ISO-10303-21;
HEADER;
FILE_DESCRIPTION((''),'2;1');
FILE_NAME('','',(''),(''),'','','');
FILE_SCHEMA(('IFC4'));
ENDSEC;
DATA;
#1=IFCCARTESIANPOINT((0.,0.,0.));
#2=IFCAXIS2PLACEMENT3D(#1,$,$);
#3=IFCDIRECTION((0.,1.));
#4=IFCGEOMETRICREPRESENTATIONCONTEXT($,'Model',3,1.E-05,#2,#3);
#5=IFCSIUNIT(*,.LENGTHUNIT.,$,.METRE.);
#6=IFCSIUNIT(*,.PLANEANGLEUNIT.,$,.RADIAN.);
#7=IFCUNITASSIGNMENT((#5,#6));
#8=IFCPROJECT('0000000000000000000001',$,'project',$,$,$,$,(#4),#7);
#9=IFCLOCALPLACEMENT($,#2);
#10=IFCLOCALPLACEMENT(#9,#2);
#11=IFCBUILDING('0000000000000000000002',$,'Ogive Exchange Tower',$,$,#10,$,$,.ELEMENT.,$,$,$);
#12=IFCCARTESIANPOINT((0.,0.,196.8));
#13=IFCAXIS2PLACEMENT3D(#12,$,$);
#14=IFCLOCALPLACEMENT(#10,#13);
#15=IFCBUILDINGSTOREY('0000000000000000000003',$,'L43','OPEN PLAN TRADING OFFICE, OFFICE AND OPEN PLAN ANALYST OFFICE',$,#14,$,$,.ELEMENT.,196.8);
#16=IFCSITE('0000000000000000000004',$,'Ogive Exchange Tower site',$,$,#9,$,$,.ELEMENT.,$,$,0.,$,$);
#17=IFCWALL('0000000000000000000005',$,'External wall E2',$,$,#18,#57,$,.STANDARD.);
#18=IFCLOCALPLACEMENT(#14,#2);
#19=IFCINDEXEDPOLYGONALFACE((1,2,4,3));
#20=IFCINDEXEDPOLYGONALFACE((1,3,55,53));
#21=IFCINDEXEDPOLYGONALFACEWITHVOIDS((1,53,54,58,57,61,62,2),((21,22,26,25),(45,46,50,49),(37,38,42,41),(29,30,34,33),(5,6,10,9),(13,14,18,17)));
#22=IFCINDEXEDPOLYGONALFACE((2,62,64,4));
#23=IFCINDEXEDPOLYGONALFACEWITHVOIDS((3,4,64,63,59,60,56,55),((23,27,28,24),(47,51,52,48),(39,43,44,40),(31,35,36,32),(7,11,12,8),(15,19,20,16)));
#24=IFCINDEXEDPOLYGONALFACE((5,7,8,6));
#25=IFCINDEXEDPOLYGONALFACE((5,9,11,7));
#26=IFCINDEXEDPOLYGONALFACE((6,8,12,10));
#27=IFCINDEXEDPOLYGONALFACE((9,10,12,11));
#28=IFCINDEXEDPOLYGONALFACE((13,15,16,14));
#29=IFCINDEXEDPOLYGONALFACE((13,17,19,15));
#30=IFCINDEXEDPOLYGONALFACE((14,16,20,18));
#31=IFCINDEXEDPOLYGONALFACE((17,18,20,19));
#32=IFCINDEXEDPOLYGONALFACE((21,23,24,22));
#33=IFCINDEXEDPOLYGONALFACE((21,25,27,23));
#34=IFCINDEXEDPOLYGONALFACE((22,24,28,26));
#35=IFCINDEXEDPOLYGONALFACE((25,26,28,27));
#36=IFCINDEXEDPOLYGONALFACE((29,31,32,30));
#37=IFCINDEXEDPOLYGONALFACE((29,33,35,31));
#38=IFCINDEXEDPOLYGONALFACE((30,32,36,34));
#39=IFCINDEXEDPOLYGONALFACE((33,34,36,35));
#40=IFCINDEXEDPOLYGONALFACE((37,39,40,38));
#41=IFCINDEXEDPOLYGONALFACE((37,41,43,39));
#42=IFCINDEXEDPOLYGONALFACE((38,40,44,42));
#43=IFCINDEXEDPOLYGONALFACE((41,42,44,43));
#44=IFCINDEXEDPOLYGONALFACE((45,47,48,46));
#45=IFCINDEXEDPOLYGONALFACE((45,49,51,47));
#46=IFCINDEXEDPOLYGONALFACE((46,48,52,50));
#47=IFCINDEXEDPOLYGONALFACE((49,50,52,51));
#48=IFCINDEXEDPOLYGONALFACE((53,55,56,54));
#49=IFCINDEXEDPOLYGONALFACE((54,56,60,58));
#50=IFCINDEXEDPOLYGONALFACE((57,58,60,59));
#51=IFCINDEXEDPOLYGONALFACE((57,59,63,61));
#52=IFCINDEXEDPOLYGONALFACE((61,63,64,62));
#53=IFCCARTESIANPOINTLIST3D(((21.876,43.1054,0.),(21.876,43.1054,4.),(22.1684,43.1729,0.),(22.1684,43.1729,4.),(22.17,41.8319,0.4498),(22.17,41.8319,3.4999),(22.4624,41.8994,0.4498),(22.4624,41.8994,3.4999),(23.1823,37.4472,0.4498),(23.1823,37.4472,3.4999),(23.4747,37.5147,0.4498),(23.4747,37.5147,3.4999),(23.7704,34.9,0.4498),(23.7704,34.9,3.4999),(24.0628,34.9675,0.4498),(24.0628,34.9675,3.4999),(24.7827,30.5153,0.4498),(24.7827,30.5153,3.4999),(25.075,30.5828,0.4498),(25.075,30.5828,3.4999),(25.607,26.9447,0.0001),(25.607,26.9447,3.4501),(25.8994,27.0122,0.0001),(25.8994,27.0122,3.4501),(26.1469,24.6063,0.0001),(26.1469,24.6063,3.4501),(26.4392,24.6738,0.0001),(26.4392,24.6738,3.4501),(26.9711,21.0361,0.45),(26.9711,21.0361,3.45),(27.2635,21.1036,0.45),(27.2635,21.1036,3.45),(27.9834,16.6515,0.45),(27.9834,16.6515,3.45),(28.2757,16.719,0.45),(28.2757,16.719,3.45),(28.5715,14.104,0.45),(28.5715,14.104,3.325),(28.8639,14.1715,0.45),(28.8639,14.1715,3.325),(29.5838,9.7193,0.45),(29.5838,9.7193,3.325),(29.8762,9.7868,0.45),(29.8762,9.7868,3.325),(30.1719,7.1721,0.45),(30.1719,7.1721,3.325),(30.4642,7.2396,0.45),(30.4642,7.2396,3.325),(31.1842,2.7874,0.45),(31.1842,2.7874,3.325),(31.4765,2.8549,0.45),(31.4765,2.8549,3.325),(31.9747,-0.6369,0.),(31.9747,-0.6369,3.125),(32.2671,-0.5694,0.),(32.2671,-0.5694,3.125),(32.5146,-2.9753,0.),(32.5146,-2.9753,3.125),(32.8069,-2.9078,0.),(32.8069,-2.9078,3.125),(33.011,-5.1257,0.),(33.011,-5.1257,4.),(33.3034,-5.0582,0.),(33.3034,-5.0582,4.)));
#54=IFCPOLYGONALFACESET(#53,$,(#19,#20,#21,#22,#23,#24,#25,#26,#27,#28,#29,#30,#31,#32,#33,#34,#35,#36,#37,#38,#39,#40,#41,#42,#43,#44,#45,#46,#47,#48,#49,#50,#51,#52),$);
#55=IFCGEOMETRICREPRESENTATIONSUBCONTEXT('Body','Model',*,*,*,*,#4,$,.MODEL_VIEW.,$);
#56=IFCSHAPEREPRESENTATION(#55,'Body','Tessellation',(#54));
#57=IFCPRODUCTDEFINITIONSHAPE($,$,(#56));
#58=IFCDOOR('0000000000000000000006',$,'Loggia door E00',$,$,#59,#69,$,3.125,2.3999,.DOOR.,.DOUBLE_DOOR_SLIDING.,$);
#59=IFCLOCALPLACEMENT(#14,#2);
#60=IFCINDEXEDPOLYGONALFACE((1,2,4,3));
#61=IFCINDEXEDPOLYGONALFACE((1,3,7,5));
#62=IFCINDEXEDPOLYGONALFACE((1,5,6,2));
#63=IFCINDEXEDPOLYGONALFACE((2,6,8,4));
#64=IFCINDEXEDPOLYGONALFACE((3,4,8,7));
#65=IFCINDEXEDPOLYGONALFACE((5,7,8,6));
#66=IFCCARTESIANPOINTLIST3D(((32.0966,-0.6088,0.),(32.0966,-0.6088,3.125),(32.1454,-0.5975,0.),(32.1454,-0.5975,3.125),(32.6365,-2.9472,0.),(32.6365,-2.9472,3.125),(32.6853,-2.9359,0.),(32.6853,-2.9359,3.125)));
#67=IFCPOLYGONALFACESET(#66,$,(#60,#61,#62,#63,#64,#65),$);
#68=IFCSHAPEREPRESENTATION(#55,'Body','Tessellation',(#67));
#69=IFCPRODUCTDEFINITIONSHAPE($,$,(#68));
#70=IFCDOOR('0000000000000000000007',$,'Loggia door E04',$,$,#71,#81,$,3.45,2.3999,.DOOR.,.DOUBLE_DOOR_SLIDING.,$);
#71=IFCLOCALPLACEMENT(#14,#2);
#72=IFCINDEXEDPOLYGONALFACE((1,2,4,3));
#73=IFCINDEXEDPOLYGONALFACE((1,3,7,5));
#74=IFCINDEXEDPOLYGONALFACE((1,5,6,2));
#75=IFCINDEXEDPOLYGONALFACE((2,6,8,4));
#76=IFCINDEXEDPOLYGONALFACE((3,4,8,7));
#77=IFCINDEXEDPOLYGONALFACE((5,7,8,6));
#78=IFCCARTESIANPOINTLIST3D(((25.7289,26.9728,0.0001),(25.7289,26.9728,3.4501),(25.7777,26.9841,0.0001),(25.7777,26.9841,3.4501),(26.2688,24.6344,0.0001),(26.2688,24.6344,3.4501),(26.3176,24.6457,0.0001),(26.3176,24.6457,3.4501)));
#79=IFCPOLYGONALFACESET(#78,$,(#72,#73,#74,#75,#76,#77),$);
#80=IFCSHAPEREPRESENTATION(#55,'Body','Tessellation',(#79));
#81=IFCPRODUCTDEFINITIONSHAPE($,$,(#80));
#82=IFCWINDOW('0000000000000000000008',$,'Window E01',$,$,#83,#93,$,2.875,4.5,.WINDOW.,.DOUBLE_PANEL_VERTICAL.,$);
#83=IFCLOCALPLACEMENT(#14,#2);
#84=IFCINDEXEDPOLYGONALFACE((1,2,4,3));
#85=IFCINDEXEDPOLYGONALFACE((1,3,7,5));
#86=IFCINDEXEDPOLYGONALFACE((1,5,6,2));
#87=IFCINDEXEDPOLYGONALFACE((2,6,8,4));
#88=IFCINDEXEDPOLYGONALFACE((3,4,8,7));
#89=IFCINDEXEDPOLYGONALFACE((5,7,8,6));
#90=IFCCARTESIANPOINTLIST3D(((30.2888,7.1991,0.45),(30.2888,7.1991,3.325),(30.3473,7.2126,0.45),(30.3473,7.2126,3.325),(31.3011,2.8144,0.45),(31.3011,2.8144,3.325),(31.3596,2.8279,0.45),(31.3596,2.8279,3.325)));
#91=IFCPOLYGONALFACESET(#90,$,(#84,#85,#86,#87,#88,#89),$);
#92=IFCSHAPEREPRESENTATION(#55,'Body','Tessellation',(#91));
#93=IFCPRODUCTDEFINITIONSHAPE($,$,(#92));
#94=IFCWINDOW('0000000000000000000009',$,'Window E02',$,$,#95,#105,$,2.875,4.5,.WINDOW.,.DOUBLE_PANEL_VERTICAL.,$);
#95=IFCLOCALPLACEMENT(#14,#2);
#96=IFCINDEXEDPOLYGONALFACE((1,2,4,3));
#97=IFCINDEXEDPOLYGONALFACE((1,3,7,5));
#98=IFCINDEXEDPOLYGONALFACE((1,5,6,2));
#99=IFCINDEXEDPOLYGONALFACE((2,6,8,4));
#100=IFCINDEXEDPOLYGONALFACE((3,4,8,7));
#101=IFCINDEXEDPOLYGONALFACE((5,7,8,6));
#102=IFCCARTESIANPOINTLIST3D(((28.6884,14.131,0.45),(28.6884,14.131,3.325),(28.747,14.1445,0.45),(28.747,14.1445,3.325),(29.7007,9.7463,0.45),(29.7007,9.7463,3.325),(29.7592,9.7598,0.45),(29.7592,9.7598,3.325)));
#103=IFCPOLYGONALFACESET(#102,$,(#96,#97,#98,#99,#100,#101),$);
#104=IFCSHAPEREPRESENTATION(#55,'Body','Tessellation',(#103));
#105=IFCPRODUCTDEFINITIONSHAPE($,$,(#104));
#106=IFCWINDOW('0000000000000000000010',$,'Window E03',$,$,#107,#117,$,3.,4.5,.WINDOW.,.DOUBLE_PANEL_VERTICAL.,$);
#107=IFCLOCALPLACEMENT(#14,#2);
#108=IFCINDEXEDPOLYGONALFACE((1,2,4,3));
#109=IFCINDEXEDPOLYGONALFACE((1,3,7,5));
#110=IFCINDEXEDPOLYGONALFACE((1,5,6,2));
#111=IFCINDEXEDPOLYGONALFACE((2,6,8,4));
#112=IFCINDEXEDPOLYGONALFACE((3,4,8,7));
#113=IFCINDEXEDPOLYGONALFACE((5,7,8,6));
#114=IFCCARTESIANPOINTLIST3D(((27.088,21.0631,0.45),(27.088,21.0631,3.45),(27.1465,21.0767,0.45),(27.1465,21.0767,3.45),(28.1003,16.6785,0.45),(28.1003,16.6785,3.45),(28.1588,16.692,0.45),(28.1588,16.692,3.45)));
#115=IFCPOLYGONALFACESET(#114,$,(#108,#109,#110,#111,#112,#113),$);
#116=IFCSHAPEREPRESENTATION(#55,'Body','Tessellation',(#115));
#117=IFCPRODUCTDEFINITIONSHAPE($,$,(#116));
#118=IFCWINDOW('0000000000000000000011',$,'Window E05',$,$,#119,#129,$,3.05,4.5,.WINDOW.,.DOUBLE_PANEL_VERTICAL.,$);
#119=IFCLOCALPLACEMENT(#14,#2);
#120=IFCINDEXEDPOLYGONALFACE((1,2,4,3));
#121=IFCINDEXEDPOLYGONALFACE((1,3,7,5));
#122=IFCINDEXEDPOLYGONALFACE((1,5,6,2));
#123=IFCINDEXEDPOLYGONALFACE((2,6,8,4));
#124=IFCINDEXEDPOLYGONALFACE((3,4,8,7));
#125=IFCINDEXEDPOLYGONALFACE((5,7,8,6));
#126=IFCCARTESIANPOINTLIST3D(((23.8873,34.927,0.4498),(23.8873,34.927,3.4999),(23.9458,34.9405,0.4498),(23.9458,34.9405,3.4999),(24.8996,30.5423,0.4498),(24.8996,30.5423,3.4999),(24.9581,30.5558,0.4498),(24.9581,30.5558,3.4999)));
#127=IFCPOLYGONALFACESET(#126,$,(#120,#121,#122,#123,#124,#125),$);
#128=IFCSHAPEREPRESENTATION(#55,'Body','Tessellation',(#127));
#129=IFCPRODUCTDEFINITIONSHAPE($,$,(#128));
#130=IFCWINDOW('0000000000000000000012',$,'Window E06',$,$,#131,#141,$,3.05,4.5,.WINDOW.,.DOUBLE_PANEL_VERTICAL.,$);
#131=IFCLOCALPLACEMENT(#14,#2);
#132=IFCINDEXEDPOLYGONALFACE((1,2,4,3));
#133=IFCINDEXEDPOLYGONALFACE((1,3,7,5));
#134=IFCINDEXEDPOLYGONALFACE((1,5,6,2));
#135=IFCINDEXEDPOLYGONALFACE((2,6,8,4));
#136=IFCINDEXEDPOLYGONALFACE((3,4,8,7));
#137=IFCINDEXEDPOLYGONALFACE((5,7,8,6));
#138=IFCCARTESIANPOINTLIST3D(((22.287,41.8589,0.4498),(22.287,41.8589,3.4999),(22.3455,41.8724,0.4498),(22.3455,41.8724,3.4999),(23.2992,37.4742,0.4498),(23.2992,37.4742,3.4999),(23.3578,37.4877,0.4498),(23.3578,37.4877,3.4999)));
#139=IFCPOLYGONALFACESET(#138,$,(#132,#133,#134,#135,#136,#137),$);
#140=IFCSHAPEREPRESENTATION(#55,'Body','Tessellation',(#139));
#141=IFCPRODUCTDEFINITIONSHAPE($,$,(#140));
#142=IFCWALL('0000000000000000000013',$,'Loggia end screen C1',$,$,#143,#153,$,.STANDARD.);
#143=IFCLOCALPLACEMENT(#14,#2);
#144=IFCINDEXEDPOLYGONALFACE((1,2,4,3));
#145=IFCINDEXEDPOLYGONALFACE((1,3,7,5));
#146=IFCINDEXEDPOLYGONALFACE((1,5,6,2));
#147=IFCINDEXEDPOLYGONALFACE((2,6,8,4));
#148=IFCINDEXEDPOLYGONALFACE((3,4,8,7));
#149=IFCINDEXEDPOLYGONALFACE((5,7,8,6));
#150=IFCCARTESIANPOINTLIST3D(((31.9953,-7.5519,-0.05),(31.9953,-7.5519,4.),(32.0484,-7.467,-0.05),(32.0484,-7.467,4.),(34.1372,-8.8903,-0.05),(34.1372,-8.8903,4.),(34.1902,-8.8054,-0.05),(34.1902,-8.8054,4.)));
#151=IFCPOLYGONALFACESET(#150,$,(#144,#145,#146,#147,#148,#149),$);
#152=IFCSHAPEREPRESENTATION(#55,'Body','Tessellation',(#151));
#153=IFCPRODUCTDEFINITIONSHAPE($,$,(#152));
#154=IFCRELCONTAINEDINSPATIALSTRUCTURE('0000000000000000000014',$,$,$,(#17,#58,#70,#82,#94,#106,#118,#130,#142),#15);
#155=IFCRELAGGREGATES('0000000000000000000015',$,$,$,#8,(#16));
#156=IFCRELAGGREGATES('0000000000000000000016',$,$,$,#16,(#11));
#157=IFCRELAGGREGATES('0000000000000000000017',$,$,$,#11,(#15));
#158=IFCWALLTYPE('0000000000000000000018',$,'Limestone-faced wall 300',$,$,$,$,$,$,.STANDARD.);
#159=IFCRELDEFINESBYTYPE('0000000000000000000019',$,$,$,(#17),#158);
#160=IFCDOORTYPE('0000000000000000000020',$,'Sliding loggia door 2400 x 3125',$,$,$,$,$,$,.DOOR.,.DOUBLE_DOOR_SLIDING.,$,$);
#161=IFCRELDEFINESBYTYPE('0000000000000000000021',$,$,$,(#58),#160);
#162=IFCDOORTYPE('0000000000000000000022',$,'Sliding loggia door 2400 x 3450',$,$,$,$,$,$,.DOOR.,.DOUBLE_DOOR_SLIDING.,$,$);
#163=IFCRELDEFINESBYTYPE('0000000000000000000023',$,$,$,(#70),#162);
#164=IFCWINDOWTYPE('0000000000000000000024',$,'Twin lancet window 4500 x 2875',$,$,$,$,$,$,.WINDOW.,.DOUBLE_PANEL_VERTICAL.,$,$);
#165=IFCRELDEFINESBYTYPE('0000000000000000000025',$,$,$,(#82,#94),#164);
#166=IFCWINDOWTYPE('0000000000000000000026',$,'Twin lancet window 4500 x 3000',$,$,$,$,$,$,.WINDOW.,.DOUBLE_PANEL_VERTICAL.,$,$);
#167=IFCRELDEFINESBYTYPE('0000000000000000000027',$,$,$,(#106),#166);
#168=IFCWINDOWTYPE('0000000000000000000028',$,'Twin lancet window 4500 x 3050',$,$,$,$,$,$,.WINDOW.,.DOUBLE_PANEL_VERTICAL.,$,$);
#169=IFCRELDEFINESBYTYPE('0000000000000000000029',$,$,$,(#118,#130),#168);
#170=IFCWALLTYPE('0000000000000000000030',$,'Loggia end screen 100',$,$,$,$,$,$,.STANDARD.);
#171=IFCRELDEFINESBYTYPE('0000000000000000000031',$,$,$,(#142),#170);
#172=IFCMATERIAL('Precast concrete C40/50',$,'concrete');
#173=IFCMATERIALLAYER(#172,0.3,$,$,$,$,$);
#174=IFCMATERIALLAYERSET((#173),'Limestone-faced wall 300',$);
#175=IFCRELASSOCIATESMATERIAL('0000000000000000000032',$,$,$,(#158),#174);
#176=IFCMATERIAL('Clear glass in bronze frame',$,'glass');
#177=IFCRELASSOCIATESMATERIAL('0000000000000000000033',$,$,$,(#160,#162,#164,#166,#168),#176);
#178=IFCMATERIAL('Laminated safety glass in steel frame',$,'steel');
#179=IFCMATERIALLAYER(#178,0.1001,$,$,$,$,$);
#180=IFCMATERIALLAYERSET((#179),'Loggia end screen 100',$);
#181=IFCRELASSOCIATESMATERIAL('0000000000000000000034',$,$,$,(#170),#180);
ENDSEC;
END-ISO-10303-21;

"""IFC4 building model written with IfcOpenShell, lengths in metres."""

from ifc_helpers import new_model, si_unit, direction, frame, frame_2d, origin, place, context, subcontext, project, spatial, rectangle, extrude, material, layer, layer_set, type_object, element, fill, save


model = new_model("IFC4")

# Units and contexts
model_context = context("Model", 3, precision=1e-05, world=origin(), true_north=direction((0.0, 1.0)))
body_context = subcontext(model_context, "Body", "Model", "MODEL_VIEW")
ifc_project = project(units=[si_unit("LENGTHUNIT", "METRE"), si_unit("PLANEANGLEUNIT", "RADIAN")], contexts=[model_context])

# Site, building, storey
site_placement = place(None, origin())
site = spatial("IfcSite", under=ifc_project, at=site_placement, Name="Ogive Exchange Tower site", CompositionType="ELEMENT", RefElevation=0.0)
building_placement = place(site_placement, origin())
building = spatial("IfcBuilding", under=site, at=building_placement, Name="Ogive Exchange Tower", CompositionType="ELEMENT")
storey_placement = place(building_placement, frame((0.0, 0.0, 196.8)))
storey = spatial("IfcBuildingStorey", under=building, at=storey_placement, Name="L43", Description="OPEN PLAN TRADING OFFICE, OFFICE AND OPEN PLAN ANALYST OFFICE", CompositionType="ELEMENT", Elevation=196.8)

# Wall, openings, doors, windows
ifc_material_1 = material(Name="Precast concrete C40/50", Category="concrete")
ifc_layer_1 = layer(ifc_material_1, 0.3)
ifc_layer_set_1 = layer_set([ifc_layer_1], Name="Limestone-faced wall 300")
wall_type_1 = type_object("IfcWallType", Name="Limestone-faced wall 300", PredefinedType="STANDARD", material=ifc_layer_set_1)
wall_1_placement = place(storey_placement, frame((33.1572, -5.092, 0.0), z_axis=(0.0, 0.0, 1.0), x_axis=(-0.22495, 0.97437, 0.0)))
wall_1 = element("IfcWall", 1, at=wall_1_placement, inside=storey, type_object=wall_type_1, Name="External wall E2", PredefinedType="STANDARD", context=body_context, shape_type="SweptSolid", body=[
    extrude(rectangle(XDim=49.4998, YDim=0.3, at=frame_2d((24.75, 0.0))), origin(), (0.0, 0.0, 1.0), 4.0),
])
opening_1_placement = place(wall_1_placement, frame((2.207, 0.0, 0.0)))
opening_1 = element("IfcOpeningElement", 2, at=opening_1_placement, cuts=wall_1, PredefinedType="OPENING", context=body_context, shape_type="SweptSolid", body=[
    extrude(rectangle(XDim=2.3999, YDim=3.125, at=frame_2d((1.2, 1.5625))), frame((0.0, 0.1599, 0.0), z_axis=(0.0, -1.0, 0.0), x_axis=(1.0, 0.0, 0.0)), (0.0, 0.0, 1.0), 0.3201),
])
opening_2_placement = place(wall_1_placement, frame((8.1213, 0.0, 0.45)))
opening_2 = element("IfcOpeningElement", 3, at=opening_2_placement, cuts=wall_1, PredefinedType="OPENING", context=body_context, shape_type="SweptSolid", body=[
    extrude(rectangle(XDim=4.5, YDim=2.875, at=frame_2d((2.25, 1.4375))), frame((0.0, 0.1599, 0.0), z_axis=(0.0, -1.0, 0.0), x_axis=(1.0, 0.0, 0.0)), (0.0, 0.0, 1.0), 0.3201),
])
opening_3_placement = place(wall_1_placement, frame((15.2356, 0.0, 0.45)))
opening_3 = element("IfcOpeningElement", 4, at=opening_3_placement, cuts=wall_1, PredefinedType="OPENING", context=body_context, shape_type="SweptSolid", body=[
    extrude(rectangle(XDim=4.5, YDim=2.875, at=frame_2d((2.25, 1.4375))), frame((0.0, 0.1599, 0.0), z_axis=(0.0, -1.0, 0.0), x_axis=(1.0, 0.0, 0.0)), (0.0, 0.0, 1.0), 0.3201),
])
opening_4_placement = place(wall_1_placement, frame((22.3501, 0.0, 0.45)))
opening_4 = element("IfcOpeningElement", 5, at=opening_4_placement, cuts=wall_1, PredefinedType="OPENING", context=body_context, shape_type="SweptSolid", body=[
    extrude(rectangle(XDim=4.5, YDim=3.0, at=frame_2d((2.25, 1.5))), frame((0.0, 0.1599, 0.0), z_axis=(0.0, -1.0, 0.0), x_axis=(1.0, 0.0, 0.0)), (0.0, 0.0, 1.0), 0.3201),
])
opening_5_placement = place(wall_1_placement, frame((30.5142, 0.0, 0.0)))
opening_5 = element("IfcOpeningElement", 6, at=opening_5_placement, cuts=wall_1, PredefinedType="OPENING", context=body_context, shape_type="SweptSolid", body=[
    extrude(rectangle(XDim=2.3999, YDim=3.45, at=frame_2d((1.2, 1.7251))), frame((0.0, 0.1599, 0.0), z_axis=(0.0, -1.0, 0.0), x_axis=(1.0, 0.0, 0.0)), (0.0, 0.0, 1.0), 0.3201),
])
opening_6_placement = place(wall_1_placement, frame((36.5786, 0.0, 0.45)))
opening_6 = element("IfcOpeningElement", 7, at=opening_6_placement, cuts=wall_1, PredefinedType="OPENING", context=body_context, shape_type="SweptSolid", body=[
    extrude(rectangle(XDim=4.5, YDim=3.05, at=frame_2d((2.25, 1.5249))), frame((0.0, 0.1599, 0.0), z_axis=(0.0, -1.0, 0.0), x_axis=(1.0, 0.0, 0.0)), (0.0, 0.0, 1.0), 0.3201),
])
opening_7_placement = place(wall_1_placement, frame((43.6929, 0.0, 0.45)))
opening_7 = element("IfcOpeningElement", 8, at=opening_7_placement, cuts=wall_1, PredefinedType="OPENING", context=body_context, shape_type="SweptSolid", body=[
    extrude(rectangle(XDim=4.5, YDim=3.05, at=frame_2d((2.25, 1.5249))), frame((0.0, 0.1599, 0.0), z_axis=(0.0, -1.0, 0.0), x_axis=(1.0, 0.0, 0.0)), (0.0, 0.0, 1.0), 0.3201),
])
ifc_material_2 = material(Name="Clear glass in bronze frame", Category="glass")
door_type_1 = type_object("IfcDoorType", Name="Sliding loggia door 2400 x 3125", OperationType="DOUBLE_DOOR_SLIDING", PredefinedType="DOOR", material=ifc_material_2)
door_1_placement = place(opening_1_placement, origin())
door_1 = element("IfcDoor", 9, at=door_1_placement, inside=storey, type_object=door_type_1, Name="Loggia door E00", OperationType="DOUBLE_DOOR_SLIDING", OverallHeight=3.125, OverallWidth=2.3999, PredefinedType="DOOR", context=body_context, shape_type="SweptSolid", body=[
    extrude(rectangle(XDim=2.3999, YDim=3.125, at=frame_2d((1.2, 1.5625))), frame((0.0, 0.0249, 0.0), z_axis=(0.0, -1.0, 0.0), x_axis=(1.0, 0.0, 0.0)), (0.0, 0.0, 1.0), 0.05),
])
fill(opening_1, door_1)
door_type_2 = type_object("IfcDoorType", Name="Sliding loggia door 2400 x 3450", OperationType="DOUBLE_DOOR_SLIDING", PredefinedType="DOOR", material=ifc_material_2)
door_2_placement = place(opening_5_placement, origin())
door_2 = element("IfcDoor", 10, at=door_2_placement, inside=storey, type_object=door_type_2, Name="Loggia door E04", OperationType="DOUBLE_DOOR_SLIDING", OverallHeight=3.45, OverallWidth=2.3999, PredefinedType="DOOR", context=body_context, shape_type="SweptSolid", body=[
    extrude(rectangle(XDim=2.3999, YDim=3.45, at=frame_2d((1.2, 1.7251))), frame((0.0, 0.0249, 0.0), z_axis=(0.0, -1.0, 0.0), x_axis=(1.0, 0.0, 0.0)), (0.0, 0.0, 1.0), 0.05),
])
fill(opening_5, door_2)
window_type_1 = type_object("IfcWindowType", Name="Twin lancet window 4500 x 2875", PartitioningType="DOUBLE_PANEL_VERTICAL", PredefinedType="WINDOW", material=ifc_material_2)
window_1_placement = place(opening_2_placement, origin())
window_1 = element("IfcWindow", 11, at=window_1_placement, inside=storey, type_object=window_type_1, Name="Window E01", OverallHeight=2.875, OverallWidth=4.5, PartitioningType="DOUBLE_PANEL_VERTICAL", PredefinedType="WINDOW", context=body_context, shape_type="SweptSolid", body=[
    extrude(rectangle(XDim=4.5, YDim=2.875, at=frame_2d((2.25, 1.4375))), frame((0.0, 0.03, 0.0), z_axis=(0.0, -1.0, 0.0), x_axis=(1.0, 0.0, 0.0)), (0.0, 0.0, 1.0), 0.0601),
])
fill(opening_2, window_1)
window_2_placement = place(opening_3_placement, origin())
window_2 = element("IfcWindow", 12, at=window_2_placement, inside=storey, type_object=window_type_1, Name="Window E02", OverallHeight=2.875, OverallWidth=4.5, PartitioningType="DOUBLE_PANEL_VERTICAL", PredefinedType="WINDOW", context=body_context, shape_type="SweptSolid", body=[
    extrude(rectangle(XDim=4.5, YDim=2.875, at=frame_2d((2.25, 1.4375))), frame((0.0, 0.03, 0.0), z_axis=(0.0, -1.0, 0.0), x_axis=(1.0, 0.0, 0.0)), (0.0, 0.0, 1.0), 0.0601),
])
fill(opening_3, window_2)
window_type_2 = type_object("IfcWindowType", Name="Twin lancet window 4500 x 3000", PartitioningType="DOUBLE_PANEL_VERTICAL", PredefinedType="WINDOW", material=ifc_material_2)
window_3_placement = place(opening_4_placement, origin())
window_3 = element("IfcWindow", 13, at=window_3_placement, inside=storey, type_object=window_type_2, Name="Window E03", OverallHeight=3.0, OverallWidth=4.5, PartitioningType="DOUBLE_PANEL_VERTICAL", PredefinedType="WINDOW", context=body_context, shape_type="SweptSolid", body=[
    extrude(rectangle(XDim=4.5, YDim=3.0, at=frame_2d((2.25, 1.5))), frame((0.0, 0.03, 0.0), z_axis=(0.0, -1.0, 0.0), x_axis=(1.0, 0.0, 0.0)), (0.0, 0.0, 1.0), 0.0601),
])
fill(opening_4, window_3)
window_type_3 = type_object("IfcWindowType", Name="Twin lancet window 4500 x 3050", PartitioningType="DOUBLE_PANEL_VERTICAL", PredefinedType="WINDOW", material=ifc_material_2)
window_4_placement = place(opening_6_placement, origin())
window_4 = element("IfcWindow", 14, at=window_4_placement, inside=storey, type_object=window_type_3, Name="Window E05", OverallHeight=3.05, OverallWidth=4.5, PartitioningType="DOUBLE_PANEL_VERTICAL", PredefinedType="WINDOW", context=body_context, shape_type="SweptSolid", body=[
    extrude(rectangle(XDim=4.5, YDim=3.05, at=frame_2d((2.25, 1.5249))), frame((0.0, 0.03, 0.0), z_axis=(0.0, -1.0, 0.0), x_axis=(1.0, 0.0, 0.0)), (0.0, 0.0, 1.0), 0.0601),
])
fill(opening_6, window_4)
window_5_placement = place(opening_7_placement, origin())
window_5 = element("IfcWindow", 15, at=window_5_placement, inside=storey, type_object=window_type_3, Name="Window E06", OverallHeight=3.05, OverallWidth=4.5, PartitioningType="DOUBLE_PANEL_VERTICAL", PredefinedType="WINDOW", context=body_context, shape_type="SweptSolid", body=[
    extrude(rectangle(XDim=4.5, YDim=3.05, at=frame_2d((2.25, 1.5249))), frame((0.0, 0.03, 0.0), z_axis=(0.0, -1.0, 0.0), x_axis=(1.0, 0.0, 0.0)), (0.0, 0.0, 1.0), 0.0601),
])
fill(opening_7, window_5)

# Wall
ifc_material_3 = material(Name="Laminated safety glass in steel frame", Category="steel")
ifc_layer_2 = layer(ifc_material_3, 0.1001)
ifc_layer_set_2 = layer_set([ifc_layer_2], Name="Loggia end screen 100")
wall_type_2 = type_object("IfcWallType", Name="Loggia end screen 100", PredefinedType="STANDARD", material=ifc_layer_set_2)
wall_2_placement = place(storey_placement, frame((32.022, -7.5095, -0.05), z_axis=(0.0, 0.0, 1.0), x_axis=(0.848047, -0.529921, 0.0)))
element("IfcWall", 16, at=wall_2_placement, inside=storey, type_object=wall_type_2, Name="Loggia end screen C1", PredefinedType="STANDARD", context=body_context, shape_type="SweptSolid", body=[
    extrude(rectangle(XDim=2.5256, YDim=0.1001, at=frame_2d((1.2627, 0.0))), origin(), (0.0, 0.0, 1.0), 4.05),
])

save(model, "model.ifc")
